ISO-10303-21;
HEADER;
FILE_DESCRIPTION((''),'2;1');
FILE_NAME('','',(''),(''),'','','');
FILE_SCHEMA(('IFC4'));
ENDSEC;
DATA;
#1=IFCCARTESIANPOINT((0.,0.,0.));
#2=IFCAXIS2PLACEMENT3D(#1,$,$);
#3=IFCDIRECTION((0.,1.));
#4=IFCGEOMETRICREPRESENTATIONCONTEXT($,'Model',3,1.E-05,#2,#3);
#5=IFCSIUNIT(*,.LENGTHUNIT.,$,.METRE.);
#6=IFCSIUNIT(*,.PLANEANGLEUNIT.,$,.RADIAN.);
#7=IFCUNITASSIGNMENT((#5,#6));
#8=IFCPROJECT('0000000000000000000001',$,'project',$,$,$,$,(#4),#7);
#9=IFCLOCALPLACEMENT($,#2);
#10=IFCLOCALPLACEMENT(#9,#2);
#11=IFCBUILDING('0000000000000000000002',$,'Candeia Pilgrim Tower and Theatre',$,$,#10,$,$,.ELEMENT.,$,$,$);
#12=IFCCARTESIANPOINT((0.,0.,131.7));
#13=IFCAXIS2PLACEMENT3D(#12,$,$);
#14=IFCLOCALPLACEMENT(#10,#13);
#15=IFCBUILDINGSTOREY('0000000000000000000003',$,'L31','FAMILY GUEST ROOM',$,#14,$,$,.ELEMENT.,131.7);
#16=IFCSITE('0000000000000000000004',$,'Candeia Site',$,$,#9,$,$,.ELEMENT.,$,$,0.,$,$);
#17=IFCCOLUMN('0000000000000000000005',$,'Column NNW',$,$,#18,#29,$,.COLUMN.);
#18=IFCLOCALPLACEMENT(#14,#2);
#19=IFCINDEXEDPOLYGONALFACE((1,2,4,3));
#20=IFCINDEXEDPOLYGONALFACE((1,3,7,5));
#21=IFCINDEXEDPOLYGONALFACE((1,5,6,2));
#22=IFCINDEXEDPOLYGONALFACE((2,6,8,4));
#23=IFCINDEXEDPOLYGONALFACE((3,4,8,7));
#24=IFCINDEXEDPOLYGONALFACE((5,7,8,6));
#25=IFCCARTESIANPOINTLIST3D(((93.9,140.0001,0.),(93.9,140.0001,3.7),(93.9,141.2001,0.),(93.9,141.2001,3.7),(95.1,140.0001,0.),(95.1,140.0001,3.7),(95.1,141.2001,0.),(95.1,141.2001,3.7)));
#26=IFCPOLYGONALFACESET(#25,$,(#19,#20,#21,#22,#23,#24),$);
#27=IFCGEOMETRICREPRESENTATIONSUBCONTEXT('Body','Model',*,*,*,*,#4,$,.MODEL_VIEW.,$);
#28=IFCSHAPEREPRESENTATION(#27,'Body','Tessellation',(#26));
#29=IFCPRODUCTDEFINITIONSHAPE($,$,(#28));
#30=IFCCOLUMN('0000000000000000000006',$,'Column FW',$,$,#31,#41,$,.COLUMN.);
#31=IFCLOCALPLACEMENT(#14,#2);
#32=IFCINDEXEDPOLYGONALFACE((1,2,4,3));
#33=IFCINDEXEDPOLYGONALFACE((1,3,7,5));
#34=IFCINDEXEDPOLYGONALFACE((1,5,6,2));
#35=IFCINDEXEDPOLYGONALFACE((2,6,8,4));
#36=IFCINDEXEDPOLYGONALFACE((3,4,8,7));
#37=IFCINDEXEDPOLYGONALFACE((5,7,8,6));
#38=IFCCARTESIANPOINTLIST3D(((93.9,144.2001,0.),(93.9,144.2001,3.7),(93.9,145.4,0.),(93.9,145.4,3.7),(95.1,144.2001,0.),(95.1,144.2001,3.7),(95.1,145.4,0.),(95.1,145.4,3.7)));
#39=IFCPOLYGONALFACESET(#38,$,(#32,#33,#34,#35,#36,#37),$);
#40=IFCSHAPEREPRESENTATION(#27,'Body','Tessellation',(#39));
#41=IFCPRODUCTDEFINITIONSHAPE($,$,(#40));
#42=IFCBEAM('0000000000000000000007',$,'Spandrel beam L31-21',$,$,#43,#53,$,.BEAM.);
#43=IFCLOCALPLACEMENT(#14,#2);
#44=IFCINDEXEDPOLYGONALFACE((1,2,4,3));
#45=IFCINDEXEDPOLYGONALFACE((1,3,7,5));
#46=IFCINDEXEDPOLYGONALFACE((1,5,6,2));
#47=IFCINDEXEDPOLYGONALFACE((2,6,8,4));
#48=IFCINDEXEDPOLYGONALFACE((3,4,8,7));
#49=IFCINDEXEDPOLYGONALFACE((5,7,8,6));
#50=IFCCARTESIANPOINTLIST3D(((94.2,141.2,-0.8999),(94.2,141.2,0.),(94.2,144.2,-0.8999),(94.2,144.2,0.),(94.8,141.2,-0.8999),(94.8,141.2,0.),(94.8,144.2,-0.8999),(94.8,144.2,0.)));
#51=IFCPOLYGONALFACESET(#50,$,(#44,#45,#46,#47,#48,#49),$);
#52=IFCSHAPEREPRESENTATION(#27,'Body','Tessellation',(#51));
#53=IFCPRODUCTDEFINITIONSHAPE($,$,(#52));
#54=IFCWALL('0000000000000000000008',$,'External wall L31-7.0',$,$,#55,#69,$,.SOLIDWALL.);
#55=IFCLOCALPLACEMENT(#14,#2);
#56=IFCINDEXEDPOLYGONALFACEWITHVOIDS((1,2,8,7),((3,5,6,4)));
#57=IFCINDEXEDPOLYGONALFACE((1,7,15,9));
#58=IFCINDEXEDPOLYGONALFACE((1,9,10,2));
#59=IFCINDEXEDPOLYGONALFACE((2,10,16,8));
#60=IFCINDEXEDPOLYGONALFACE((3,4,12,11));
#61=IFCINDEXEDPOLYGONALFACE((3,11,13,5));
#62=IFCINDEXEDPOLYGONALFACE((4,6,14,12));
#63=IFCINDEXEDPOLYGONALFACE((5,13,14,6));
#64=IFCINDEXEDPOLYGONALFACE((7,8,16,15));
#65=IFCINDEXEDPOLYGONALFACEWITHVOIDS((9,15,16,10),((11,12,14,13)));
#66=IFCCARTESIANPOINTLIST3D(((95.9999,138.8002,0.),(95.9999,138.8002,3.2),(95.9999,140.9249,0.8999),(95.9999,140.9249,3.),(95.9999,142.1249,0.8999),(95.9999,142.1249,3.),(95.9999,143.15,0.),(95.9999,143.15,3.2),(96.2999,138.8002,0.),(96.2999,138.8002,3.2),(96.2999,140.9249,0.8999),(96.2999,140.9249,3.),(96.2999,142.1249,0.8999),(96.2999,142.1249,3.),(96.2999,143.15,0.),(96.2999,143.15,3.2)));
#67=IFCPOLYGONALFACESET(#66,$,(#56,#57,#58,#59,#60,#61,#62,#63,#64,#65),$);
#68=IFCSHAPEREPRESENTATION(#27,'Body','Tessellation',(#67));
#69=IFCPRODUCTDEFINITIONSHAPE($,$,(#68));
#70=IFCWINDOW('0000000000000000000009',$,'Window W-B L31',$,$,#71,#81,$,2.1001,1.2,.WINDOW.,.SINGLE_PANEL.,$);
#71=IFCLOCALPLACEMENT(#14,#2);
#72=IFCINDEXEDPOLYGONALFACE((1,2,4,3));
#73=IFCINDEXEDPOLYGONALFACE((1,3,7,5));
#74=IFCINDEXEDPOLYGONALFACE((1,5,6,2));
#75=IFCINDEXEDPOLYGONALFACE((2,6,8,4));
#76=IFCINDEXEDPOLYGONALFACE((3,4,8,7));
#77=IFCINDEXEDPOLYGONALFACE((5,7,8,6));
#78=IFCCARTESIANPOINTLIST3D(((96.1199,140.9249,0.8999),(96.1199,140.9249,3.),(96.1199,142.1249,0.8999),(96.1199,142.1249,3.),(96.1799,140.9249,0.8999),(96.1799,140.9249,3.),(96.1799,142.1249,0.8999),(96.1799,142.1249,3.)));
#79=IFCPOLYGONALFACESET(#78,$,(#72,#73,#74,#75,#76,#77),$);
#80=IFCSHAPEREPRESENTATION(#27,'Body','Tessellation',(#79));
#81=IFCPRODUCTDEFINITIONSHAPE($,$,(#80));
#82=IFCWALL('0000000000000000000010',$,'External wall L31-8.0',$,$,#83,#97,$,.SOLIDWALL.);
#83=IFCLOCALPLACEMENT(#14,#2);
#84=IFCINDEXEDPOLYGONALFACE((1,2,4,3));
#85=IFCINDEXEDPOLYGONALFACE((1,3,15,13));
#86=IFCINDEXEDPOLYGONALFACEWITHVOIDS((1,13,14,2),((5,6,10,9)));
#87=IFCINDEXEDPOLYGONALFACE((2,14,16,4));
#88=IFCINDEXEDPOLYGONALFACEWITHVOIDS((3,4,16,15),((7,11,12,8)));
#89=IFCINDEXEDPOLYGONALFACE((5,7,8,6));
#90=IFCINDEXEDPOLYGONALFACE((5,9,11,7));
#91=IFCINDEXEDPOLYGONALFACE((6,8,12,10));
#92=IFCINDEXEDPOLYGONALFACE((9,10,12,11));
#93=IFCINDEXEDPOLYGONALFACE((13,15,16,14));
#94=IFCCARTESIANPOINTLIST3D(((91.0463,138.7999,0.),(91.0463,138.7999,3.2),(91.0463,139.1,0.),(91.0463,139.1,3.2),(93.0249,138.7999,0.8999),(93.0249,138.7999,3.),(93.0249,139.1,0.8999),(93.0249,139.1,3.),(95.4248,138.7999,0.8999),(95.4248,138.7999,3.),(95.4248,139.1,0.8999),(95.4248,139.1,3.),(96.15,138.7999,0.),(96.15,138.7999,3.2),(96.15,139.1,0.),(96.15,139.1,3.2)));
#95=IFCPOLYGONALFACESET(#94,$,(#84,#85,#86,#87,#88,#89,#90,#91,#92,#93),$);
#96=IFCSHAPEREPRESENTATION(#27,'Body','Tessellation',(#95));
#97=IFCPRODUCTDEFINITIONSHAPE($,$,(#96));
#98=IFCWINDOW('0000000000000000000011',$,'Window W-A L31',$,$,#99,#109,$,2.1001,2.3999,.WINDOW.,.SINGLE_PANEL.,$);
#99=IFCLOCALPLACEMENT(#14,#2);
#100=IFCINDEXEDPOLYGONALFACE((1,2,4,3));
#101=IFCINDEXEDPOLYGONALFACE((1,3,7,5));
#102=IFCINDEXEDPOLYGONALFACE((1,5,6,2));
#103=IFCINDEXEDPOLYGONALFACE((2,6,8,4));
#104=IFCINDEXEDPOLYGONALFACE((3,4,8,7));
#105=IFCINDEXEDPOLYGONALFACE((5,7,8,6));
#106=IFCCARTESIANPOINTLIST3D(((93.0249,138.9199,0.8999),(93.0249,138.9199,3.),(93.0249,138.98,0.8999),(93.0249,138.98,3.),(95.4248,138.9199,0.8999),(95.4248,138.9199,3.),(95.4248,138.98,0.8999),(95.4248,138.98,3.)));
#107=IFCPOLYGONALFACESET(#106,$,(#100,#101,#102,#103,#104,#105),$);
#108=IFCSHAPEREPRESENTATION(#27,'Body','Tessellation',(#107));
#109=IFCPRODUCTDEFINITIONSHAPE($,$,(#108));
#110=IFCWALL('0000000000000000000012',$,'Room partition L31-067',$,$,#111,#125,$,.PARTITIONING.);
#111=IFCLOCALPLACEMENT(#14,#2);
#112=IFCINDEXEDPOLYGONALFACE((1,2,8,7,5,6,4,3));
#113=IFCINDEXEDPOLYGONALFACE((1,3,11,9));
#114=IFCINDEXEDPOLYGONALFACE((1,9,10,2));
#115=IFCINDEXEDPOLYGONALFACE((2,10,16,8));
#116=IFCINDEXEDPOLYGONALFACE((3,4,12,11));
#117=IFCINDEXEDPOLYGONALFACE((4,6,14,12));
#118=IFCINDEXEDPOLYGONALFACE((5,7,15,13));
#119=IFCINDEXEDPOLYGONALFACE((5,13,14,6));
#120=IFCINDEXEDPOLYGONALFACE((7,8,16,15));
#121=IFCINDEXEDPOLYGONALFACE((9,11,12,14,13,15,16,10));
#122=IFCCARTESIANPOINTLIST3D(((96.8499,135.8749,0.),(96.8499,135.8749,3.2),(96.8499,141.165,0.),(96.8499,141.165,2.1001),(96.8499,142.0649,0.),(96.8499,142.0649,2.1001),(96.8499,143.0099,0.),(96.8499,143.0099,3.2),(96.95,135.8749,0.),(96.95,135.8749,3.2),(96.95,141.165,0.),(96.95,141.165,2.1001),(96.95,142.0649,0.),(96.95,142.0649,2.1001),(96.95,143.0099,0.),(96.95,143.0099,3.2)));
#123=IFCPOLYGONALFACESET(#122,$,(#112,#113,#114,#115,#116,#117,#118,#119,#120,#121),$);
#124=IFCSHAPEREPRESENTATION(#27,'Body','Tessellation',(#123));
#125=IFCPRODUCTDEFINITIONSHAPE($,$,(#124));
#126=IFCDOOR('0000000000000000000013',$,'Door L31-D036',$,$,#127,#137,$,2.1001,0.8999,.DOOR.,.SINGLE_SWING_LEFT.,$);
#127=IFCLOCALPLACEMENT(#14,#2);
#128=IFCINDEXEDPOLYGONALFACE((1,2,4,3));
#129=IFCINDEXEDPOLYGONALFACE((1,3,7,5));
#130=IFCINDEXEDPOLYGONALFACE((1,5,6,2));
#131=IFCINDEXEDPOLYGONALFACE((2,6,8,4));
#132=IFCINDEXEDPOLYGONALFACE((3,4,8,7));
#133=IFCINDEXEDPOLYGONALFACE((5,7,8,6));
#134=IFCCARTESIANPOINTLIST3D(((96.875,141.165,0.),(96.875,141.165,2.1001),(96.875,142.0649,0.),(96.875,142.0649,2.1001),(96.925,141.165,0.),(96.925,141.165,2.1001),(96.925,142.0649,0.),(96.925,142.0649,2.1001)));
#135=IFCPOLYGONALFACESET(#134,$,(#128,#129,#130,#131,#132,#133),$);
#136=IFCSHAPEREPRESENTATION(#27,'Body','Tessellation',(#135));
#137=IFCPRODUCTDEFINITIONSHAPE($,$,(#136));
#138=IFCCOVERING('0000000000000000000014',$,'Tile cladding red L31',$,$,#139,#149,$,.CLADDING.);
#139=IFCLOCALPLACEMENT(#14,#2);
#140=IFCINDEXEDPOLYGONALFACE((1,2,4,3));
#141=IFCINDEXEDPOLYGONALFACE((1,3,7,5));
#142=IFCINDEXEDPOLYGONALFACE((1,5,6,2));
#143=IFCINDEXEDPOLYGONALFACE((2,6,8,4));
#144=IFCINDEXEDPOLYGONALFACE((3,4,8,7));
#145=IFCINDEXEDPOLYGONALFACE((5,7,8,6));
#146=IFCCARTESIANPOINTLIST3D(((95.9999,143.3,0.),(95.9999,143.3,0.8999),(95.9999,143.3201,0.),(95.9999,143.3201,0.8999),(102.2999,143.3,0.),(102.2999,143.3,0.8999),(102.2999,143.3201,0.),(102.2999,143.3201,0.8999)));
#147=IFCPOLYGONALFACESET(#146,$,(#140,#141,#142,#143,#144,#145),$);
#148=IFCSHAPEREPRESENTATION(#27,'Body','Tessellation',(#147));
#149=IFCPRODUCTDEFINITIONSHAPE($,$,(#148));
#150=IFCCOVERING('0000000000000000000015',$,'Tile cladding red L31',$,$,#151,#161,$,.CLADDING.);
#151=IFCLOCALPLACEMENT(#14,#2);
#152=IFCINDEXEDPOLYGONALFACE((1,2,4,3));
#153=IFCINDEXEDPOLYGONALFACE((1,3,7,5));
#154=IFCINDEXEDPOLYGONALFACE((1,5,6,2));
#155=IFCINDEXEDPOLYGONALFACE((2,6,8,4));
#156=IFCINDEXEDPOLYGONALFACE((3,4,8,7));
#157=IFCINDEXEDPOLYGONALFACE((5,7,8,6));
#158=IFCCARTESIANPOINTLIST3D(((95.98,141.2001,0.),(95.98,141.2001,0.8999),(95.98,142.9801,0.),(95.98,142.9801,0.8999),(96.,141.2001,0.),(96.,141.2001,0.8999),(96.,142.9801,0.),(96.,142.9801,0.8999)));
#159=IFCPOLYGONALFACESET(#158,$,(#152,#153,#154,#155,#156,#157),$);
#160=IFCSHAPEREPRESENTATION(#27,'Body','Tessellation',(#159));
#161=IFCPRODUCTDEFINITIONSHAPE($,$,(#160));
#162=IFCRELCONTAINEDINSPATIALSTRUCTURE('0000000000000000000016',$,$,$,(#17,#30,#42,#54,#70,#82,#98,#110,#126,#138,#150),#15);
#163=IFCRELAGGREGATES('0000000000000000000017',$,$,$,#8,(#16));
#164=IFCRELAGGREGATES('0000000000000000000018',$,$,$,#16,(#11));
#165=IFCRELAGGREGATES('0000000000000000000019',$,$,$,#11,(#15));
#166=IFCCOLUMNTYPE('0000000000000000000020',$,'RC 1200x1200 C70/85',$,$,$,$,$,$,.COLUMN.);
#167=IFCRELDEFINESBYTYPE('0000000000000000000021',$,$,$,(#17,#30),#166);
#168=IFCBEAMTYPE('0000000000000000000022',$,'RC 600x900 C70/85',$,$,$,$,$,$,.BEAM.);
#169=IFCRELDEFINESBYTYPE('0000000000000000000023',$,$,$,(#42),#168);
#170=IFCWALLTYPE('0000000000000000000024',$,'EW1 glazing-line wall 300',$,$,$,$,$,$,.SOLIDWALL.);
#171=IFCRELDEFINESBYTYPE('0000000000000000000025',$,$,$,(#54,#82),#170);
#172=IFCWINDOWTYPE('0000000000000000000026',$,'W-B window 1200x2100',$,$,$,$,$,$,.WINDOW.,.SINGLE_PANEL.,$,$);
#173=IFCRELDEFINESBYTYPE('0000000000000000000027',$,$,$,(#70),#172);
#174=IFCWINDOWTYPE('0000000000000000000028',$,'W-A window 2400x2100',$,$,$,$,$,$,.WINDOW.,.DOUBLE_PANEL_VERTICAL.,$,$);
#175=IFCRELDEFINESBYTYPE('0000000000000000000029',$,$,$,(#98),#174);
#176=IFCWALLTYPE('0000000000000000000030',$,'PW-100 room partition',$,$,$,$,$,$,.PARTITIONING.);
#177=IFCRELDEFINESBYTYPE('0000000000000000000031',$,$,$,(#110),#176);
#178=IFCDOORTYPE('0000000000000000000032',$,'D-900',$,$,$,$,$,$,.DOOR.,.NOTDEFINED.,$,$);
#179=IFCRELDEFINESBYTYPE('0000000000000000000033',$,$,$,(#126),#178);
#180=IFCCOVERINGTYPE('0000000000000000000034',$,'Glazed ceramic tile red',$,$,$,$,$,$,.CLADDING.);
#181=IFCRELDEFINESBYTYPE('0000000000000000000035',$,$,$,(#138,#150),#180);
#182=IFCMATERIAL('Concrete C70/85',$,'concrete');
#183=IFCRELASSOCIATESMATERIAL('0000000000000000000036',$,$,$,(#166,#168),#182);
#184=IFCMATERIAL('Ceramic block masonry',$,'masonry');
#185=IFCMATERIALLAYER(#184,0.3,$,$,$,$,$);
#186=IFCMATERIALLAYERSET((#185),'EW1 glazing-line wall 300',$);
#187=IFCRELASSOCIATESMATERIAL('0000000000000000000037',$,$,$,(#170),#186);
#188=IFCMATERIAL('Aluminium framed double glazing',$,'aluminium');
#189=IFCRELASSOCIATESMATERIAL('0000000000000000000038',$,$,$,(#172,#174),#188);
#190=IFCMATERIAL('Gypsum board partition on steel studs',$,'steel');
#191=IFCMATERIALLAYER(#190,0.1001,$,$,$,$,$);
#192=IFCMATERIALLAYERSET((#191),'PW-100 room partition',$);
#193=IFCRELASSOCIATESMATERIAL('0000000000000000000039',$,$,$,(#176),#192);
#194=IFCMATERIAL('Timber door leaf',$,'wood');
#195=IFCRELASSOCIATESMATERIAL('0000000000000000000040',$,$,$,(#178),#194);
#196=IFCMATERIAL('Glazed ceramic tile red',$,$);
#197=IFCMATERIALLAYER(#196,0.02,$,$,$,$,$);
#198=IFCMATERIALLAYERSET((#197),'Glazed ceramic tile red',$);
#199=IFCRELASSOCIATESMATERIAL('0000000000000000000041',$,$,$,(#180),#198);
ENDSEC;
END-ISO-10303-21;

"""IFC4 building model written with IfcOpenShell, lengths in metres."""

from ifc_helpers import new_model, si_unit, direction, frame, frame_2d, origin, origin_2d, place, context, subcontext, project, spatial, rectangle, extrude, material, layer, layer_set, material_profile, profile_set, type_object, element, fill, save


model = new_model("IFC4")

# Units and contexts
model_context = context("Model", 3, precision=1e-05, world=origin(), true_north=direction((0.0, 1.0)))
body_context = subcontext(model_context, "Body", "Model", "MODEL_VIEW")
ifc_project = project(units=[si_unit("LENGTHUNIT", "METRE"), si_unit("PLANEANGLEUNIT", "RADIAN")], contexts=[model_context])

# Site, building, storey
site_placement = place(None, origin())
site = spatial("IfcSite", under=ifc_project, at=site_placement, Name="Candeia Site", CompositionType="ELEMENT", RefElevation=0.0)
building_placement = place(site_placement, origin())
building = spatial("IfcBuilding", under=site, at=building_placement, Name="Candeia Pilgrim Tower and Theatre", CompositionType="ELEMENT")
storey_placement = place(building_placement, frame((0.0, 0.0, 131.7)))
storey = spatial("IfcBuildingStorey", under=building, at=storey_placement, Name="L31", Description="FAMILY GUEST ROOM", CompositionType="ELEMENT", Elevation=131.7)

# Columns
ifc_material_1 = material(Name="Concrete C70/85", Category="concrete")
ifc_material_profile_1 = material_profile(ifc_material_1, rectangle(XDim=1.2, YDim=1.2, at=origin_2d()))
ifc_profile_set_1 = profile_set([ifc_material_profile_1], Name="Concrete C70/85")
column_type = type_object("IfcColumnType", Name="RC 1200x1200 C70/85", PredefinedType="COLUMN", material=ifc_profile_set_1)
for number, where, z_axis, x_axis, name in (
    (1, (94.5, 140.6001, 0.0), (0.0, 0.0, 1.0), (1.0, 0.0, 0.0), "Column NNW"),
    (2, (94.5, 144.8, 0.0), (0.0, 0.0, 1.0), (1.0, 0.0, 0.0), "Column FW"),
):
    element("IfcColumn", number, at=place(storey_placement, frame(where, z_axis=z_axis, x_axis=x_axis)), inside=storey, type_object=column_type, Name=name, PredefinedType="COLUMN", context=body_context, shape_type="SweptSolid", body=[
        extrude(rectangle(XDim=1.2, YDim=1.2, at=origin_2d()), origin(), (0.0, 0.0, 1.0), 3.7),
    ])

# Beam
ifc_material_profile_2 = material_profile(ifc_material_1, rectangle(XDim=0.6001, YDim=0.8999, at=origin_2d()))
ifc_profile_set_2 = profile_set([ifc_material_profile_2], Name="Concrete C70/85")
beam_type = type_object("IfcBeamType", Name="RC 600x900 C70/85", PredefinedType="BEAM", material=ifc_profile_set_2)
beam_placement = place(storey_placement, frame((94.5, 144.2, -0.45), z_axis=(0.0, -1.0, 0.0), x_axis=(1.0, 0.0, 0.0)))
element("IfcBeam", 3, at=beam_placement, inside=storey, type_object=beam_type, Name="Spandrel beam L31-21", PredefinedType="BEAM", context=body_context, shape_type="SweptSolid", body=[
    extrude(rectangle(XDim=0.6001, YDim=0.8999, at=origin_2d()), origin(), (0.0, 0.0, 1.0), 3.0),
])

# Walls, openings, windows
ifc_material_2 = material(Name="Ceramic block masonry", Category="masonry")
ifc_layer_1 = layer(ifc_material_2, 0.3)
ifc_layer_set_1 = layer_set([ifc_layer_1], Name="EW1 glazing-line wall 300")
wall_type_1 = type_object("IfcWallType", Name="EW1 glazing-line wall 300", PredefinedType="SOLIDWALL", material=ifc_layer_set_1)
wall_1_placement = place(storey_placement, frame((96.1499, 143.1499, 0.0), z_axis=(0.0, 0.0, 1.0), x_axis=(0.0, -1.0, 0.0)))
wall_1 = element("IfcWall", 4, at=wall_1_placement, inside=storey, type_object=wall_type_1, Name="External wall L31-7.0", PredefinedType="SOLIDWALL", context=body_context, shape_type="SweptSolid", body=[
    extrude(rectangle(XDim=4.3499, YDim=0.3, at=frame_2d((2.1748, 0.0))), origin(), (0.0, 0.0, 1.0), 3.2),
])
opening_1_placement = place(wall_1_placement, frame((1.0249, 0.0, 0.8999)))
opening_1 = element("IfcOpeningElement", 5, at=opening_1_placement, cuts=wall_1, PredefinedType="OPENING", context=body_context, shape_type="SweptSolid", body=[
    extrude(rectangle(XDim=1.2, YDim=2.1001, at=frame_2d((0.6001, 1.05))), frame((0.0, 0.1602, 0.0), z_axis=(0.0, -1.0, 0.0), x_axis=(1.0, 0.0, 0.0)), (0.0, 0.0, 1.0), 0.3201),
])
ifc_material_3 = material(Name="Aluminium framed double glazing", Category="aluminium")
window_type_1 = type_object("IfcWindowType", Name="W-B window 1200x2100", PartitioningType="SINGLE_PANEL", PredefinedType="WINDOW", material=ifc_material_3)
window_1_placement = place(opening_1_placement, origin())
window_1 = element("IfcWindow", 6, at=window_1_placement, inside=storey, type_object=window_type_1, Name="Window W-B L31", OverallHeight=2.1001, OverallWidth=1.2, PartitioningType="SINGLE_PANEL", PredefinedType="WINDOW", context=body_context, shape_type="SweptSolid", body=[
    extrude(rectangle(XDim=1.2, YDim=2.1001, at=frame_2d((0.6001, 1.05))), frame((0.0, 0.03, 0.0), z_axis=(0.0, -1.0, 0.0), x_axis=(1.0, 0.0, 0.0)), (0.0, 0.0, 1.0), 0.0601),
])
fill(opening_1, window_1)
wall_2_placement = place(storey_placement, frame((96.1499, 138.95, 0.0), z_axis=(0.0, 0.0, 1.0), x_axis=(-1.0, 0.0, 0.0)))
wall_2 = element("IfcWall", 7, at=wall_2_placement, inside=storey, type_object=wall_type_1, Name="External wall L31-8.0", PredefinedType="SOLIDWALL", context=body_context, shape_type="SweptSolid", body=[
    extrude(rectangle(XDim=5.1038, YDim=0.3, at=frame_2d((2.5518, 0.0))), origin(), (0.0, 0.0, 1.0), 3.2),
])
opening_2_placement = place(wall_2_placement, frame((0.7251, 0.0, 0.8999)))
opening_2 = element("IfcOpeningElement", 8, at=opening_2_placement, cuts=wall_2, PredefinedType="OPENING", context=body_context, shape_type="SweptSolid", body=[
    extrude(rectangle(XDim=2.3999, YDim=2.1001, at=frame_2d((1.2, 1.05))), frame((0.0, 0.1602, 0.0), z_axis=(0.0, -1.0, 0.0), x_axis=(1.0, 0.0, 0.0)), (0.0, 0.0, 1.0), 0.3201),
])
window_type_2 = type_object("IfcWindowType", Name="W-A window 2400x2100", PartitioningType="DOUBLE_PANEL_VERTICAL", PredefinedType="WINDOW", material=ifc_material_3)
window_2_placement = place(opening_2_placement, origin())
window_2 = element("IfcWindow", 9, at=window_2_placement, inside=storey, type_object=window_type_2, Name="Window W-A L31", OverallHeight=2.1001, OverallWidth=2.3999, PartitioningType="SINGLE_PANEL", PredefinedType="WINDOW", context=body_context, shape_type="SweptSolid", body=[
    extrude(rectangle(XDim=2.3999, YDim=2.1001, at=frame_2d((1.2, 1.05))), frame((0.0, 0.03, 0.0), z_axis=(0.0, -1.0, 0.0), x_axis=(1.0, 0.0, 0.0)), (0.0, 0.0, 1.0), 0.0601),
])
fill(opening_2, window_2)

# Wall, opening, door
ifc_material_4 = material(Name="Gypsum board partition on steel studs", Category="steel")
ifc_layer_2 = layer(ifc_material_4, 0.1001)
ifc_layer_set_2 = layer_set([ifc_layer_2], Name="PW-100 room partition")
wall_type_2 = type_object("IfcWallType", Name="PW-100 room partition", PredefinedType="PARTITIONING", material=ifc_layer_set_2)
wall_3_placement = place(storey_placement, frame((96.8999, 135.875, 0.0), z_axis=(0.0, 0.0, 1.0), x_axis=(0.0, 1.0, 0.0)))
wall_3 = element("IfcWall", 10, at=wall_3_placement, inside=storey, type_object=wall_type_2, Name="Room partition L31-067", PredefinedType="PARTITIONING", context=body_context, shape_type="SweptSolid", body=[
    extrude(rectangle(XDim=7.135, YDim=0.1001, at=frame_2d((3.5674, 0.0))), origin(), (0.0, 0.0, 1.0), 3.2),
])
opening_3_placement = place(wall_3_placement, frame((5.29, 0.0, 0.0)))
opening_3 = element("IfcOpeningElement", 11, at=opening_3_placement, cuts=wall_3, PredefinedType="OPENING", context=body_context, shape_type="SweptSolid", body=[
    extrude(rectangle(XDim=0.8999, YDim=2.1001, at=frame_2d((0.45, 1.05))), frame((0.0, 0.0601, 0.0), z_axis=(0.0, -1.0, 0.0), x_axis=(1.0, 0.0, 0.0)), (0.0, 0.0, 1.0), 0.1201),
])
ifc_material_5 = material(Name="Timber door leaf", Category="wood")
door_type = type_object("IfcDoorType", Name="D-900", OperationType="NOTDEFINED", PredefinedType="DOOR", material=ifc_material_5)
door_placement = place(opening_3_placement, origin())
door = element("IfcDoor", 12, at=door_placement, inside=storey, type_object=door_type, Name="Door L31-D036", OperationType="SINGLE_SWING_LEFT", OverallHeight=2.1001, OverallWidth=0.8999, PredefinedType="DOOR", context=body_context, shape_type="SweptSolid", body=[
    extrude(rectangle(XDim=0.8999, YDim=2.1001, at=frame_2d((0.45, 1.05))), frame((0.0, 0.0249, 0.0), z_axis=(0.0, -1.0, 0.0), x_axis=(1.0, 0.0, 0.0)), (0.0, 0.0, 1.0), 0.05),
])
fill(opening_3, door)

# Coverings
ifc_material_6 = material(Name="Glazed ceramic tile red")
ifc_layer_3 = layer(ifc_material_6, 0.02)
ifc_layer_set_3 = layer_set([ifc_layer_3], Name="Glazed ceramic tile red")
covering_type_1 = type_object("IfcCoveringType", Name="Glazed ceramic tile red", PredefinedType="CLADDING", material=ifc_layer_set_3)
covering_1_placement = place(storey_placement, frame((99.1499, 143.3101, 0.0), z_axis=(0.0, 0.0, 1.0), x_axis=(-1.0, 0.0, 0.0)))
element("IfcCovering", 13, at=covering_1_placement, inside=storey, type_object=covering_type_1, Name="Tile cladding red L31", PredefinedType="CLADDING", context=body_context, shape_type="SweptSolid", body=[
    extrude(rectangle(XDim=6.3, YDim=0.02, at=origin_2d()), origin(), (0.0, 0.0, 1.0), 0.8999),
])
covering_2_placement = place(storey_placement, frame((95.99, 142.0901, 0.0), z_axis=(0.0, 0.0, 1.0), x_axis=(0.0, -1.0, 0.0)))
element("IfcCovering", 14, at=covering_2_placement, inside=storey, type_object=covering_type_1, Name="Tile cladding red L31", PredefinedType="CLADDING", context=body_context, shape_type="SweptSolid", body=[
    extrude(rectangle(XDim=1.78, YDim=0.02, at=origin_2d()), origin(), (0.0, 0.0, 1.0), 0.8999),
])

save(model, "model.ifc")
